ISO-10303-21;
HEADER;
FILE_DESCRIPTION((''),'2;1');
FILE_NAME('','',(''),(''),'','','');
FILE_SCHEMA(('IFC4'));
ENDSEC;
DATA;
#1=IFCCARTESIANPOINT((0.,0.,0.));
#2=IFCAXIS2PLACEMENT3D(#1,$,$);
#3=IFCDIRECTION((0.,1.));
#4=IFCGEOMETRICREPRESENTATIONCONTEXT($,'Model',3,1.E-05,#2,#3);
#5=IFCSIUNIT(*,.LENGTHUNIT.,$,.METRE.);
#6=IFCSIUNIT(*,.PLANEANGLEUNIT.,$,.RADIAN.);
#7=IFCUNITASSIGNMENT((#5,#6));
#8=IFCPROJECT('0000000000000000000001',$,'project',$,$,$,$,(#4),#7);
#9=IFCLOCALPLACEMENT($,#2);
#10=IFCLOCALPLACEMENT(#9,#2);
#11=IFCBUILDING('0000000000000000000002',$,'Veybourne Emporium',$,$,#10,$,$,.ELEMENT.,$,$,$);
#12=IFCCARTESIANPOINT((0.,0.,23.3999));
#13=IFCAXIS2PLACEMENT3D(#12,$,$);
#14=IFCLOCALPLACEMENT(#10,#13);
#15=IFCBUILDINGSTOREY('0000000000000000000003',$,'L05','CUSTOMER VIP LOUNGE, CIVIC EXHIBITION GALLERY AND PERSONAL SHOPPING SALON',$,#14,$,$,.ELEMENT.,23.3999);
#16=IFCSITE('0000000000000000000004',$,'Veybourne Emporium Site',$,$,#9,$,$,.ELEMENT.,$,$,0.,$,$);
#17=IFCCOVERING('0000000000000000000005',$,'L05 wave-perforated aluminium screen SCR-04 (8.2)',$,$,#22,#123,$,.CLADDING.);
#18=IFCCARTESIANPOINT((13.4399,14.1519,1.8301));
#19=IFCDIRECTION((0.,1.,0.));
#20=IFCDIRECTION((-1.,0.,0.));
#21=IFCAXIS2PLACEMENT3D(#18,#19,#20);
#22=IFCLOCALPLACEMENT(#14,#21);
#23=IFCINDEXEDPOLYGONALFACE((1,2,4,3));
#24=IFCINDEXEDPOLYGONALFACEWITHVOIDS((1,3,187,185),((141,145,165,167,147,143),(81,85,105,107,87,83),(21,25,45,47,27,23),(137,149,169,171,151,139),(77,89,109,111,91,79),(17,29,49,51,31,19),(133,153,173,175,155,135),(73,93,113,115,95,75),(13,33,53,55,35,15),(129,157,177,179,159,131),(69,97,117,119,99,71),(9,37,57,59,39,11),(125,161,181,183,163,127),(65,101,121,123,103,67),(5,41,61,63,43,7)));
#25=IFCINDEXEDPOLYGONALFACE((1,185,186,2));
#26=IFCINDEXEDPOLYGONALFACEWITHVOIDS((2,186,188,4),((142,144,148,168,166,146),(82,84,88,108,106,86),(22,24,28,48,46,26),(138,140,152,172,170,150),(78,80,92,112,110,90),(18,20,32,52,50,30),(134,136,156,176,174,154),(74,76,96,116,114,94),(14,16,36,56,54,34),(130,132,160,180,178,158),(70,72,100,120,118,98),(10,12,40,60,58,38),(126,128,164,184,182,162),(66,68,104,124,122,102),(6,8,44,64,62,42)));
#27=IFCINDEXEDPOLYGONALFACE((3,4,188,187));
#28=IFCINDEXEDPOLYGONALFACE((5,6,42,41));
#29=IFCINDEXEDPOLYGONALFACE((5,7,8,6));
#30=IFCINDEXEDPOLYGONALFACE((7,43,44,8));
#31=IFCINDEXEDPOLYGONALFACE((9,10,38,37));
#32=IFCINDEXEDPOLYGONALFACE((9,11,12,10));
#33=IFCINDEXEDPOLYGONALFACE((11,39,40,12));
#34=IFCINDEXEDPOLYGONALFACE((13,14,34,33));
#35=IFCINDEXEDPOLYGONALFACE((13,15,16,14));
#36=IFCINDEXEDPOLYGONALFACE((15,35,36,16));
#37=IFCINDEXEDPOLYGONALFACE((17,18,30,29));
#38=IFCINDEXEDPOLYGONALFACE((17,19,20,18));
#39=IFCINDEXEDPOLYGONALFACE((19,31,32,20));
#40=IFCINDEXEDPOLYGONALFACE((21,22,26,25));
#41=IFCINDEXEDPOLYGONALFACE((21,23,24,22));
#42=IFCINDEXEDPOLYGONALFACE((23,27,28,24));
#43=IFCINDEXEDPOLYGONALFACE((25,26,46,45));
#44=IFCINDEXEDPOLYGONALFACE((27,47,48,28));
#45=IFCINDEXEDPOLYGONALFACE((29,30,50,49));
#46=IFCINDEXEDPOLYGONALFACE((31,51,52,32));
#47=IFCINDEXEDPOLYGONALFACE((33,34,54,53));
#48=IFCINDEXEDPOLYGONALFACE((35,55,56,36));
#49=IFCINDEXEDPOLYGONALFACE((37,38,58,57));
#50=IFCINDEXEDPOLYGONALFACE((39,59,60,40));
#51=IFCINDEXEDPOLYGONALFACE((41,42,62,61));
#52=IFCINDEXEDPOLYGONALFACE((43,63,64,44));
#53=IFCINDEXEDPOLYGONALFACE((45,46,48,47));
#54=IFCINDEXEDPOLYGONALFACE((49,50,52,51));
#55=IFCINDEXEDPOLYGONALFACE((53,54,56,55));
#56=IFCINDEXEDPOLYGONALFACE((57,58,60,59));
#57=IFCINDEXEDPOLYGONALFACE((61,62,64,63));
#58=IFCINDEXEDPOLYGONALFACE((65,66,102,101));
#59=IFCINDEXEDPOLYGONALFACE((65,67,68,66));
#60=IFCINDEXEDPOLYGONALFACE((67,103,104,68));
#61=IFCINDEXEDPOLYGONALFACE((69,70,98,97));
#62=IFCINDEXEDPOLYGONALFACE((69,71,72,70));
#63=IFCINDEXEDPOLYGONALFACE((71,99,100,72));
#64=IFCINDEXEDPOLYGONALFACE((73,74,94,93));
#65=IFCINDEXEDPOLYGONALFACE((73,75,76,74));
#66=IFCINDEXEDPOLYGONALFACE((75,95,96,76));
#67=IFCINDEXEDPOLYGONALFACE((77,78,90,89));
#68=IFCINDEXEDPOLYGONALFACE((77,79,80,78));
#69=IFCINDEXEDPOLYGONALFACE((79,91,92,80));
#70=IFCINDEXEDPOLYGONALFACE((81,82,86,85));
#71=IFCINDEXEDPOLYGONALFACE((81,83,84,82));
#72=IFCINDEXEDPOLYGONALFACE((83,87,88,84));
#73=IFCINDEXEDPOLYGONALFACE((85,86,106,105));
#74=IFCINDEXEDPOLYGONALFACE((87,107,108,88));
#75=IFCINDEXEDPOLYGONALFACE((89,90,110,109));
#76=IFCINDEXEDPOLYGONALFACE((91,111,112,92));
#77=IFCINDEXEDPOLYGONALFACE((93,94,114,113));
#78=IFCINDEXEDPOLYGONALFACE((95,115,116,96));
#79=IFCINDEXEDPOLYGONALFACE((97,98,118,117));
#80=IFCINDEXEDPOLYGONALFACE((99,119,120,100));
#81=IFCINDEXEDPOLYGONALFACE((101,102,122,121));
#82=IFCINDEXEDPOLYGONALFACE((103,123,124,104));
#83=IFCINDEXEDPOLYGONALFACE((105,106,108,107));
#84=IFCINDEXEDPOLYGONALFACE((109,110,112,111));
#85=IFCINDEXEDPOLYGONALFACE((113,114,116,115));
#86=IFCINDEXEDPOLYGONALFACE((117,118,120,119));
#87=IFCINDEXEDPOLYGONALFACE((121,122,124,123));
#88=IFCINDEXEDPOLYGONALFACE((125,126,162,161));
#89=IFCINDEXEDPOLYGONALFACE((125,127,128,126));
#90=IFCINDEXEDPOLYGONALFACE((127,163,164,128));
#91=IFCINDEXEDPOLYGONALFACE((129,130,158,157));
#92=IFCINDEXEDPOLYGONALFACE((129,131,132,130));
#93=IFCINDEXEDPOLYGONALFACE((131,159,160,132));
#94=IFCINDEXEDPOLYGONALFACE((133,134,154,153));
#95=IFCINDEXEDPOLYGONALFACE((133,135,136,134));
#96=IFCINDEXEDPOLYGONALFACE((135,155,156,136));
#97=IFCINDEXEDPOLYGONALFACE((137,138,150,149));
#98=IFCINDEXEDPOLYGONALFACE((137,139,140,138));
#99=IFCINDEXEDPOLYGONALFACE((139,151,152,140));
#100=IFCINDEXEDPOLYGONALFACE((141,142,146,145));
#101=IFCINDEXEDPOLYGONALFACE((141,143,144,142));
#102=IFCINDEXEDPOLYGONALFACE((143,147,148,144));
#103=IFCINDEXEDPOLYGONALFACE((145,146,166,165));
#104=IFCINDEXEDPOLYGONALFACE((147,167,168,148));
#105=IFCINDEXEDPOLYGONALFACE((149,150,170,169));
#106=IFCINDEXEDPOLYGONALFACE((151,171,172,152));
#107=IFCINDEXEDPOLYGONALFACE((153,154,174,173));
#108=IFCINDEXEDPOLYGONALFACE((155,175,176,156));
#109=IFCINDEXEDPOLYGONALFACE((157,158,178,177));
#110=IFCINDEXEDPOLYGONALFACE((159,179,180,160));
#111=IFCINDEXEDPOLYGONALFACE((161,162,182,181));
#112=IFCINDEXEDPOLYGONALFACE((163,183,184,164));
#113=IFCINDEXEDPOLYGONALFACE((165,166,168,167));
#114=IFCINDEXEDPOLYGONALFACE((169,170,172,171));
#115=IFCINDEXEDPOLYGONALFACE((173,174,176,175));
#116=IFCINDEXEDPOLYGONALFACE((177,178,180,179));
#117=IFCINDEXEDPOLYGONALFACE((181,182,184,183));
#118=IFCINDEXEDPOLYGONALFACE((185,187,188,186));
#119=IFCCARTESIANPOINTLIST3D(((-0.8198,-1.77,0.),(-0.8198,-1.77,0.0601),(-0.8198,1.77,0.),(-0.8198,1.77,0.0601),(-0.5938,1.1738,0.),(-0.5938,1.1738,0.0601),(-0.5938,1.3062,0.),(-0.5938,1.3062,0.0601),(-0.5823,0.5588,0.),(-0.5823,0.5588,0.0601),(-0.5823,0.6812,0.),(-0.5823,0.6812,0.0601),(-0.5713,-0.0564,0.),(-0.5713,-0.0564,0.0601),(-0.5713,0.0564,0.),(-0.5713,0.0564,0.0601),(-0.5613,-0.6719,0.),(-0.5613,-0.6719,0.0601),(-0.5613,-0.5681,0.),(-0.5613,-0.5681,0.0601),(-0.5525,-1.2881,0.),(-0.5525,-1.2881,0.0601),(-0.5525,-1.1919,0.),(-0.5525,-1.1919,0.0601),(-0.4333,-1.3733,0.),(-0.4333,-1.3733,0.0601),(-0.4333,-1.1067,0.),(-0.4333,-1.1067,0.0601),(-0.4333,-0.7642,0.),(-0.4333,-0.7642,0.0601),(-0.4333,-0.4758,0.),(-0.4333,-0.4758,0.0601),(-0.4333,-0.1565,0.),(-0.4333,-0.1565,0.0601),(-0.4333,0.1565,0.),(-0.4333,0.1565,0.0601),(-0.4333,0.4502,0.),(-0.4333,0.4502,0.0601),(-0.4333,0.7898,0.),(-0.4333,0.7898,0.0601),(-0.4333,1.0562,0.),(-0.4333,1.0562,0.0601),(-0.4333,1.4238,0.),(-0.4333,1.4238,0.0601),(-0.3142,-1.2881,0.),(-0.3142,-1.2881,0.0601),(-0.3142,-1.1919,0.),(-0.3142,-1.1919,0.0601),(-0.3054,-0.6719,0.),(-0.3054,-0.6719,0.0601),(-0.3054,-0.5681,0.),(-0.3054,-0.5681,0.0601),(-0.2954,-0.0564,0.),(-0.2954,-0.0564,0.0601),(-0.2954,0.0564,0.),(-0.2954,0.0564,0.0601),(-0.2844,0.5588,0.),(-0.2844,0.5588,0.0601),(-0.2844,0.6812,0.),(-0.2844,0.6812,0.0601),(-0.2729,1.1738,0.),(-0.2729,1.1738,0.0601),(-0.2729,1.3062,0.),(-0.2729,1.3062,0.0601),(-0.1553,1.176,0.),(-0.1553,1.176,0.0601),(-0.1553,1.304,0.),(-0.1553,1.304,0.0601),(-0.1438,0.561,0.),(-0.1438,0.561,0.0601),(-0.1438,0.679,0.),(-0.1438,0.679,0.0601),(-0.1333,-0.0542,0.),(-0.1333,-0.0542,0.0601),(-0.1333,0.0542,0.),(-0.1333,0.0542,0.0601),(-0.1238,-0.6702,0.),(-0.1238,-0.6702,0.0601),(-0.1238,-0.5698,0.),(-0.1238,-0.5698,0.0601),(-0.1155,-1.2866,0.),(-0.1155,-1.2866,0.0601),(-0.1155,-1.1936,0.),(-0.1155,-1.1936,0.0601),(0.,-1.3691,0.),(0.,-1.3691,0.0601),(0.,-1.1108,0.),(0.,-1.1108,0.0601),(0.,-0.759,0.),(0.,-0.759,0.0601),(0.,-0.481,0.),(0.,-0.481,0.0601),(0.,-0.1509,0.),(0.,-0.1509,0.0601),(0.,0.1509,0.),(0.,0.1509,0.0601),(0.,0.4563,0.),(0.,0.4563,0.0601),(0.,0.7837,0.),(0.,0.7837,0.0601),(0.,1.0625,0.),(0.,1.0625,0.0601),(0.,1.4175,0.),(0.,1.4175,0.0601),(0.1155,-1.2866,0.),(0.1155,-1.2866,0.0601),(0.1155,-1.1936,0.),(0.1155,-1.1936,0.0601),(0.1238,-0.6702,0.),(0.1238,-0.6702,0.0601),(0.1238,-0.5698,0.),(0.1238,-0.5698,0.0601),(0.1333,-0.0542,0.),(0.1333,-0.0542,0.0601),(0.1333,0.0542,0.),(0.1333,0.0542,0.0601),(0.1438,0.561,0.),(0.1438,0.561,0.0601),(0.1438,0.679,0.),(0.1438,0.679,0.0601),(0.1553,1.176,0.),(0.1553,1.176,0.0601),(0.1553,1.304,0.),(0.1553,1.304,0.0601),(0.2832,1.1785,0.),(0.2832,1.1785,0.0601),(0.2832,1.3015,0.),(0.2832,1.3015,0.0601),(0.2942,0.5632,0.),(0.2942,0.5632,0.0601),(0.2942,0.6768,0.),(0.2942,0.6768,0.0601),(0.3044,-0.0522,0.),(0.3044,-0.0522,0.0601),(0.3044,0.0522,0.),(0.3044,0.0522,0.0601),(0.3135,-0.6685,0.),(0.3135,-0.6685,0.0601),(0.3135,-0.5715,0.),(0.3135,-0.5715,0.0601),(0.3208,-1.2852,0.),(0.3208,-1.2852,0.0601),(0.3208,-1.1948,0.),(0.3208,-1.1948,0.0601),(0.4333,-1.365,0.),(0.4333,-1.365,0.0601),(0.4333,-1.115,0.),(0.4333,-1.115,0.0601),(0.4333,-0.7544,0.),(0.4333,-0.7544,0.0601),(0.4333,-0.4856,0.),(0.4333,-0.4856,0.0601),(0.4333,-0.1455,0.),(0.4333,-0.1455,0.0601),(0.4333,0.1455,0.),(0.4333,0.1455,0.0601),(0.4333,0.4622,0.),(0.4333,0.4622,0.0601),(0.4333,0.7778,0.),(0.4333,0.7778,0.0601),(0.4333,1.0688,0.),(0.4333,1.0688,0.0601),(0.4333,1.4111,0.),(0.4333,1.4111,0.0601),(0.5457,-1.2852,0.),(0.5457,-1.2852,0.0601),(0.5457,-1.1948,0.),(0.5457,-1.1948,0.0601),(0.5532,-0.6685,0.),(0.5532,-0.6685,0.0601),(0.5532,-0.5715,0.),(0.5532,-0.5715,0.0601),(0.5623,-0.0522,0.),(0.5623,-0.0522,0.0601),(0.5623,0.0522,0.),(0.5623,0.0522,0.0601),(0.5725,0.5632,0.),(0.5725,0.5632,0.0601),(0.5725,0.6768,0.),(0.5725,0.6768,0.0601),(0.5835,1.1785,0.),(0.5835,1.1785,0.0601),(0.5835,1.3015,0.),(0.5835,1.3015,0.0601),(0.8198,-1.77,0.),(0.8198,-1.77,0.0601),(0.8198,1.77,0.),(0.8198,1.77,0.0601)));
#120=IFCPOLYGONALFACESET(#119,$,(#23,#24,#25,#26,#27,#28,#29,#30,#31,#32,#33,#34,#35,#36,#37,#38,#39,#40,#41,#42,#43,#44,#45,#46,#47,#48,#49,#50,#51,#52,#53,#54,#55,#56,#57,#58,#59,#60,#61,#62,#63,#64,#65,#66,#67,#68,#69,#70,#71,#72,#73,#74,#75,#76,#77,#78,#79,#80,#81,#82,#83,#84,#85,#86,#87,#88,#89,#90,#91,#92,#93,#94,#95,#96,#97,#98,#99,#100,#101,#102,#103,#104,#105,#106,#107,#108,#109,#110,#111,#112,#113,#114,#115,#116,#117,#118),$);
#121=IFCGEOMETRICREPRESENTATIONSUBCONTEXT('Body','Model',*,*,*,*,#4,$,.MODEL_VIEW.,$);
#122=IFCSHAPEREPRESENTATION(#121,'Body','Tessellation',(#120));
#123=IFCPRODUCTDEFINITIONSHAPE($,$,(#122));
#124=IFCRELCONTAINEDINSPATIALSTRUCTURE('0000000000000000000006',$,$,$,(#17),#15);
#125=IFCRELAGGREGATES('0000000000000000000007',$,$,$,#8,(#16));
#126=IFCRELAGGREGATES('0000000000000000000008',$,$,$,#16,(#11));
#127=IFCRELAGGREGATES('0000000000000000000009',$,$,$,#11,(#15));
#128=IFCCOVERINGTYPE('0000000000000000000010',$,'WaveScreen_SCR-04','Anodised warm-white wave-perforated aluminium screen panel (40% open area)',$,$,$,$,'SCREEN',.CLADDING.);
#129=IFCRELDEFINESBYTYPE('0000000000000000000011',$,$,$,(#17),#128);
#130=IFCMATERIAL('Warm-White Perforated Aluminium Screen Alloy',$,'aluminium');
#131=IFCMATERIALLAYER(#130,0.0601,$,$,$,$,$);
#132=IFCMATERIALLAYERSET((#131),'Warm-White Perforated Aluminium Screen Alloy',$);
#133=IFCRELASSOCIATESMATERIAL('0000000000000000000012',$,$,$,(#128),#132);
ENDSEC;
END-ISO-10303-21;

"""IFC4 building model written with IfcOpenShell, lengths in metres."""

from ifc_helpers import new_model, si_unit, direction, frame, origin, place, context, subcontext, project, spatial, polyline, outline, extrude, material, layer, layer_set, type_object, element, save


model = new_model("IFC4")

# Units and contexts
model_context = context("Model", 3, precision=1e-05, world=origin(), true_north=direction((0.0, 1.0)))
body_context = subcontext(model_context, "Body", "Model", "MODEL_VIEW")
ifc_project = project(units=[si_unit("LENGTHUNIT", "METRE"), si_unit("PLANEANGLEUNIT", "RADIAN")], contexts=[model_context])

# Site, building, storey
site_placement = place(None, origin())
site = spatial("IfcSite", under=ifc_project, at=site_placement, Name="Veybourne Emporium Site", CompositionType="ELEMENT", RefElevation=0.0)
building_placement = place(site_placement, origin())
building = spatial("IfcBuilding", under=site, at=building_placement, Name="Veybourne Emporium", CompositionType="ELEMENT")
storey_placement = place(building_placement, frame((0.0, 0.0, 23.3999)))
storey = spatial("IfcBuildingStorey", under=building, at=storey_placement, Name="L05", Description="CUSTOMER VIP LOUNGE, CIVIC EXHIBITION GALLERY AND PERSONAL SHOPPING SALON", CompositionType="ELEMENT", Elevation=23.3999)

# Covering
ifc_material_1 = material(Name="Warm-White Perforated Aluminium Screen Alloy", Category="aluminium")
ifc_layer_1 = layer(ifc_material_1, 0.0601)
ifc_layer_set_1 = layer_set([ifc_layer_1], Name="Warm-White Perforated Aluminium Screen Alloy")
covering_type_1 = type_object("IfcCoveringType", Name="WaveScreen_SCR-04", Description="Anodised warm-white wave-perforated aluminium screen panel (40% open area)", ElementType="SCREEN", PredefinedType="CLADDING", material=ifc_layer_set_1)
covering_1_placement = place(storey_placement, frame((13.4399, 14.1519, 1.8301), z_axis=(0.0, 1.0, 0.0), x_axis=(-1.0, 0.0, 0.0)))
element("IfcCovering", 1, at=covering_1_placement, inside=storey, type_object=covering_type_1, Name="L05 wave-perforated aluminium screen SCR-04 (8.2)", PredefinedType="CLADDING", context=body_context, shape_type="SweptSolid", body=[
    extrude(outline(polyline([(-0.8198, -1.77), (0.8198, -1.77), (0.8198, 1.77), (-0.8198, 1.77), (-0.8198, -1.77)]), holes=[polyline([(-0.4333, -1.1067), (-0.3142, -1.1919), (-0.3142, -1.2881), (-0.4333, -1.3733), (-0.5525, -1.2881), (-0.5525, -1.1919), (-0.4333, -1.1067)]), polyline([(-0.4333, -0.4758), (-0.3054, -0.5681), (-0.3054, -0.6719), (-0.4333, -0.7642), (-0.5613, -0.6719), (-0.5613, -0.5681), (-0.4333, -0.4758)]), polyline([(-0.4333, 0.1565), (-0.2954, 0.0564), (-0.2954, -0.0564), (-0.4333, -0.1565), (-0.5713, -0.0564), (-0.5713, 0.0564), (-0.4333, 0.1565)]), polyline([(-0.4333, 0.7898), (-0.2844, 0.6812), (-0.2844, 0.5588), (-0.4333, 0.4502), (-0.5823, 0.5588), (-0.5823, 0.6812), (-0.4333, 0.7898)]), polyline([(-0.4333, 1.4238), (-0.2729, 1.3062), (-0.2729, 1.1738), (-0.4333, 1.0562), (-0.5938, 1.1738), (-0.5938, 1.3062), (-0.4333, 1.4238)]), polyline([(0.0, -1.1108), (0.1155, -1.1936), (0.1155, -1.2866), (0.0, -1.3691), (-0.1155, -1.2866), (-0.1155, -1.1936), (0.0, -1.1108)]), polyline([(0.0, -0.481), (0.1238, -0.5698), (0.1238, -0.6702), (0.0, -0.759), (-0.1238, -0.6702), (-0.1238, -0.5698), (0.0, -0.481)]), polyline([(0.0, 0.1509), (0.1333, 0.0542), (0.1333, -0.0542), (0.0, -0.1509), (-0.1333, -0.0542), (-0.1333, 0.0542), (0.0, 0.1509)]), polyline([(0.0, 0.7837), (0.1438, 0.679), (0.1438, 0.561), (0.0, 0.4563), (-0.1438, 0.561), (-0.1438, 0.679), (0.0, 0.7837)]), polyline([(0.0, 1.4175), (0.1553, 1.304), (0.1553, 1.176), (0.0, 1.0625), (-0.1553, 1.176), (-0.1553, 1.304), (0.0, 1.4175)]), polyline([(0.4333, -1.115), (0.5457, -1.1948), (0.5457, -1.2852), (0.4333, -1.365), (0.3208, -1.2852), (0.3208, -1.1948), (0.4333, -1.115)]), polyline([(0.4333, -0.4856), (0.5532, -0.5715), (0.5532, -0.6685), (0.4333, -0.7544), (0.3135, -0.6685), (0.3135, -0.5715), (0.4333, -0.4856)]), polyline([(0.4333, 0.1455), (0.5623, 0.0522), (0.5623, -0.0522), (0.4333, -0.1455), (0.3044, -0.0522), (0.3044, 0.0522), (0.4333, 0.1455)]), polyline([(0.4333, 0.7778), (0.5725, 0.6768), (0.5725, 0.5632), (0.4333, 0.4622), (0.2942, 0.5632), (0.2942, 0.6768), (0.4333, 0.7778)]), polyline([(0.4333, 1.4111), (0.5835, 1.3015), (0.5835, 1.1785), (0.4333, 1.0688), (0.2832, 1.1785), (0.2832, 1.3015), (0.4333, 1.4111)])]), origin(), (0.0, 0.0, 1.0), 0.0601),
])

save(model, "model.ifc")
